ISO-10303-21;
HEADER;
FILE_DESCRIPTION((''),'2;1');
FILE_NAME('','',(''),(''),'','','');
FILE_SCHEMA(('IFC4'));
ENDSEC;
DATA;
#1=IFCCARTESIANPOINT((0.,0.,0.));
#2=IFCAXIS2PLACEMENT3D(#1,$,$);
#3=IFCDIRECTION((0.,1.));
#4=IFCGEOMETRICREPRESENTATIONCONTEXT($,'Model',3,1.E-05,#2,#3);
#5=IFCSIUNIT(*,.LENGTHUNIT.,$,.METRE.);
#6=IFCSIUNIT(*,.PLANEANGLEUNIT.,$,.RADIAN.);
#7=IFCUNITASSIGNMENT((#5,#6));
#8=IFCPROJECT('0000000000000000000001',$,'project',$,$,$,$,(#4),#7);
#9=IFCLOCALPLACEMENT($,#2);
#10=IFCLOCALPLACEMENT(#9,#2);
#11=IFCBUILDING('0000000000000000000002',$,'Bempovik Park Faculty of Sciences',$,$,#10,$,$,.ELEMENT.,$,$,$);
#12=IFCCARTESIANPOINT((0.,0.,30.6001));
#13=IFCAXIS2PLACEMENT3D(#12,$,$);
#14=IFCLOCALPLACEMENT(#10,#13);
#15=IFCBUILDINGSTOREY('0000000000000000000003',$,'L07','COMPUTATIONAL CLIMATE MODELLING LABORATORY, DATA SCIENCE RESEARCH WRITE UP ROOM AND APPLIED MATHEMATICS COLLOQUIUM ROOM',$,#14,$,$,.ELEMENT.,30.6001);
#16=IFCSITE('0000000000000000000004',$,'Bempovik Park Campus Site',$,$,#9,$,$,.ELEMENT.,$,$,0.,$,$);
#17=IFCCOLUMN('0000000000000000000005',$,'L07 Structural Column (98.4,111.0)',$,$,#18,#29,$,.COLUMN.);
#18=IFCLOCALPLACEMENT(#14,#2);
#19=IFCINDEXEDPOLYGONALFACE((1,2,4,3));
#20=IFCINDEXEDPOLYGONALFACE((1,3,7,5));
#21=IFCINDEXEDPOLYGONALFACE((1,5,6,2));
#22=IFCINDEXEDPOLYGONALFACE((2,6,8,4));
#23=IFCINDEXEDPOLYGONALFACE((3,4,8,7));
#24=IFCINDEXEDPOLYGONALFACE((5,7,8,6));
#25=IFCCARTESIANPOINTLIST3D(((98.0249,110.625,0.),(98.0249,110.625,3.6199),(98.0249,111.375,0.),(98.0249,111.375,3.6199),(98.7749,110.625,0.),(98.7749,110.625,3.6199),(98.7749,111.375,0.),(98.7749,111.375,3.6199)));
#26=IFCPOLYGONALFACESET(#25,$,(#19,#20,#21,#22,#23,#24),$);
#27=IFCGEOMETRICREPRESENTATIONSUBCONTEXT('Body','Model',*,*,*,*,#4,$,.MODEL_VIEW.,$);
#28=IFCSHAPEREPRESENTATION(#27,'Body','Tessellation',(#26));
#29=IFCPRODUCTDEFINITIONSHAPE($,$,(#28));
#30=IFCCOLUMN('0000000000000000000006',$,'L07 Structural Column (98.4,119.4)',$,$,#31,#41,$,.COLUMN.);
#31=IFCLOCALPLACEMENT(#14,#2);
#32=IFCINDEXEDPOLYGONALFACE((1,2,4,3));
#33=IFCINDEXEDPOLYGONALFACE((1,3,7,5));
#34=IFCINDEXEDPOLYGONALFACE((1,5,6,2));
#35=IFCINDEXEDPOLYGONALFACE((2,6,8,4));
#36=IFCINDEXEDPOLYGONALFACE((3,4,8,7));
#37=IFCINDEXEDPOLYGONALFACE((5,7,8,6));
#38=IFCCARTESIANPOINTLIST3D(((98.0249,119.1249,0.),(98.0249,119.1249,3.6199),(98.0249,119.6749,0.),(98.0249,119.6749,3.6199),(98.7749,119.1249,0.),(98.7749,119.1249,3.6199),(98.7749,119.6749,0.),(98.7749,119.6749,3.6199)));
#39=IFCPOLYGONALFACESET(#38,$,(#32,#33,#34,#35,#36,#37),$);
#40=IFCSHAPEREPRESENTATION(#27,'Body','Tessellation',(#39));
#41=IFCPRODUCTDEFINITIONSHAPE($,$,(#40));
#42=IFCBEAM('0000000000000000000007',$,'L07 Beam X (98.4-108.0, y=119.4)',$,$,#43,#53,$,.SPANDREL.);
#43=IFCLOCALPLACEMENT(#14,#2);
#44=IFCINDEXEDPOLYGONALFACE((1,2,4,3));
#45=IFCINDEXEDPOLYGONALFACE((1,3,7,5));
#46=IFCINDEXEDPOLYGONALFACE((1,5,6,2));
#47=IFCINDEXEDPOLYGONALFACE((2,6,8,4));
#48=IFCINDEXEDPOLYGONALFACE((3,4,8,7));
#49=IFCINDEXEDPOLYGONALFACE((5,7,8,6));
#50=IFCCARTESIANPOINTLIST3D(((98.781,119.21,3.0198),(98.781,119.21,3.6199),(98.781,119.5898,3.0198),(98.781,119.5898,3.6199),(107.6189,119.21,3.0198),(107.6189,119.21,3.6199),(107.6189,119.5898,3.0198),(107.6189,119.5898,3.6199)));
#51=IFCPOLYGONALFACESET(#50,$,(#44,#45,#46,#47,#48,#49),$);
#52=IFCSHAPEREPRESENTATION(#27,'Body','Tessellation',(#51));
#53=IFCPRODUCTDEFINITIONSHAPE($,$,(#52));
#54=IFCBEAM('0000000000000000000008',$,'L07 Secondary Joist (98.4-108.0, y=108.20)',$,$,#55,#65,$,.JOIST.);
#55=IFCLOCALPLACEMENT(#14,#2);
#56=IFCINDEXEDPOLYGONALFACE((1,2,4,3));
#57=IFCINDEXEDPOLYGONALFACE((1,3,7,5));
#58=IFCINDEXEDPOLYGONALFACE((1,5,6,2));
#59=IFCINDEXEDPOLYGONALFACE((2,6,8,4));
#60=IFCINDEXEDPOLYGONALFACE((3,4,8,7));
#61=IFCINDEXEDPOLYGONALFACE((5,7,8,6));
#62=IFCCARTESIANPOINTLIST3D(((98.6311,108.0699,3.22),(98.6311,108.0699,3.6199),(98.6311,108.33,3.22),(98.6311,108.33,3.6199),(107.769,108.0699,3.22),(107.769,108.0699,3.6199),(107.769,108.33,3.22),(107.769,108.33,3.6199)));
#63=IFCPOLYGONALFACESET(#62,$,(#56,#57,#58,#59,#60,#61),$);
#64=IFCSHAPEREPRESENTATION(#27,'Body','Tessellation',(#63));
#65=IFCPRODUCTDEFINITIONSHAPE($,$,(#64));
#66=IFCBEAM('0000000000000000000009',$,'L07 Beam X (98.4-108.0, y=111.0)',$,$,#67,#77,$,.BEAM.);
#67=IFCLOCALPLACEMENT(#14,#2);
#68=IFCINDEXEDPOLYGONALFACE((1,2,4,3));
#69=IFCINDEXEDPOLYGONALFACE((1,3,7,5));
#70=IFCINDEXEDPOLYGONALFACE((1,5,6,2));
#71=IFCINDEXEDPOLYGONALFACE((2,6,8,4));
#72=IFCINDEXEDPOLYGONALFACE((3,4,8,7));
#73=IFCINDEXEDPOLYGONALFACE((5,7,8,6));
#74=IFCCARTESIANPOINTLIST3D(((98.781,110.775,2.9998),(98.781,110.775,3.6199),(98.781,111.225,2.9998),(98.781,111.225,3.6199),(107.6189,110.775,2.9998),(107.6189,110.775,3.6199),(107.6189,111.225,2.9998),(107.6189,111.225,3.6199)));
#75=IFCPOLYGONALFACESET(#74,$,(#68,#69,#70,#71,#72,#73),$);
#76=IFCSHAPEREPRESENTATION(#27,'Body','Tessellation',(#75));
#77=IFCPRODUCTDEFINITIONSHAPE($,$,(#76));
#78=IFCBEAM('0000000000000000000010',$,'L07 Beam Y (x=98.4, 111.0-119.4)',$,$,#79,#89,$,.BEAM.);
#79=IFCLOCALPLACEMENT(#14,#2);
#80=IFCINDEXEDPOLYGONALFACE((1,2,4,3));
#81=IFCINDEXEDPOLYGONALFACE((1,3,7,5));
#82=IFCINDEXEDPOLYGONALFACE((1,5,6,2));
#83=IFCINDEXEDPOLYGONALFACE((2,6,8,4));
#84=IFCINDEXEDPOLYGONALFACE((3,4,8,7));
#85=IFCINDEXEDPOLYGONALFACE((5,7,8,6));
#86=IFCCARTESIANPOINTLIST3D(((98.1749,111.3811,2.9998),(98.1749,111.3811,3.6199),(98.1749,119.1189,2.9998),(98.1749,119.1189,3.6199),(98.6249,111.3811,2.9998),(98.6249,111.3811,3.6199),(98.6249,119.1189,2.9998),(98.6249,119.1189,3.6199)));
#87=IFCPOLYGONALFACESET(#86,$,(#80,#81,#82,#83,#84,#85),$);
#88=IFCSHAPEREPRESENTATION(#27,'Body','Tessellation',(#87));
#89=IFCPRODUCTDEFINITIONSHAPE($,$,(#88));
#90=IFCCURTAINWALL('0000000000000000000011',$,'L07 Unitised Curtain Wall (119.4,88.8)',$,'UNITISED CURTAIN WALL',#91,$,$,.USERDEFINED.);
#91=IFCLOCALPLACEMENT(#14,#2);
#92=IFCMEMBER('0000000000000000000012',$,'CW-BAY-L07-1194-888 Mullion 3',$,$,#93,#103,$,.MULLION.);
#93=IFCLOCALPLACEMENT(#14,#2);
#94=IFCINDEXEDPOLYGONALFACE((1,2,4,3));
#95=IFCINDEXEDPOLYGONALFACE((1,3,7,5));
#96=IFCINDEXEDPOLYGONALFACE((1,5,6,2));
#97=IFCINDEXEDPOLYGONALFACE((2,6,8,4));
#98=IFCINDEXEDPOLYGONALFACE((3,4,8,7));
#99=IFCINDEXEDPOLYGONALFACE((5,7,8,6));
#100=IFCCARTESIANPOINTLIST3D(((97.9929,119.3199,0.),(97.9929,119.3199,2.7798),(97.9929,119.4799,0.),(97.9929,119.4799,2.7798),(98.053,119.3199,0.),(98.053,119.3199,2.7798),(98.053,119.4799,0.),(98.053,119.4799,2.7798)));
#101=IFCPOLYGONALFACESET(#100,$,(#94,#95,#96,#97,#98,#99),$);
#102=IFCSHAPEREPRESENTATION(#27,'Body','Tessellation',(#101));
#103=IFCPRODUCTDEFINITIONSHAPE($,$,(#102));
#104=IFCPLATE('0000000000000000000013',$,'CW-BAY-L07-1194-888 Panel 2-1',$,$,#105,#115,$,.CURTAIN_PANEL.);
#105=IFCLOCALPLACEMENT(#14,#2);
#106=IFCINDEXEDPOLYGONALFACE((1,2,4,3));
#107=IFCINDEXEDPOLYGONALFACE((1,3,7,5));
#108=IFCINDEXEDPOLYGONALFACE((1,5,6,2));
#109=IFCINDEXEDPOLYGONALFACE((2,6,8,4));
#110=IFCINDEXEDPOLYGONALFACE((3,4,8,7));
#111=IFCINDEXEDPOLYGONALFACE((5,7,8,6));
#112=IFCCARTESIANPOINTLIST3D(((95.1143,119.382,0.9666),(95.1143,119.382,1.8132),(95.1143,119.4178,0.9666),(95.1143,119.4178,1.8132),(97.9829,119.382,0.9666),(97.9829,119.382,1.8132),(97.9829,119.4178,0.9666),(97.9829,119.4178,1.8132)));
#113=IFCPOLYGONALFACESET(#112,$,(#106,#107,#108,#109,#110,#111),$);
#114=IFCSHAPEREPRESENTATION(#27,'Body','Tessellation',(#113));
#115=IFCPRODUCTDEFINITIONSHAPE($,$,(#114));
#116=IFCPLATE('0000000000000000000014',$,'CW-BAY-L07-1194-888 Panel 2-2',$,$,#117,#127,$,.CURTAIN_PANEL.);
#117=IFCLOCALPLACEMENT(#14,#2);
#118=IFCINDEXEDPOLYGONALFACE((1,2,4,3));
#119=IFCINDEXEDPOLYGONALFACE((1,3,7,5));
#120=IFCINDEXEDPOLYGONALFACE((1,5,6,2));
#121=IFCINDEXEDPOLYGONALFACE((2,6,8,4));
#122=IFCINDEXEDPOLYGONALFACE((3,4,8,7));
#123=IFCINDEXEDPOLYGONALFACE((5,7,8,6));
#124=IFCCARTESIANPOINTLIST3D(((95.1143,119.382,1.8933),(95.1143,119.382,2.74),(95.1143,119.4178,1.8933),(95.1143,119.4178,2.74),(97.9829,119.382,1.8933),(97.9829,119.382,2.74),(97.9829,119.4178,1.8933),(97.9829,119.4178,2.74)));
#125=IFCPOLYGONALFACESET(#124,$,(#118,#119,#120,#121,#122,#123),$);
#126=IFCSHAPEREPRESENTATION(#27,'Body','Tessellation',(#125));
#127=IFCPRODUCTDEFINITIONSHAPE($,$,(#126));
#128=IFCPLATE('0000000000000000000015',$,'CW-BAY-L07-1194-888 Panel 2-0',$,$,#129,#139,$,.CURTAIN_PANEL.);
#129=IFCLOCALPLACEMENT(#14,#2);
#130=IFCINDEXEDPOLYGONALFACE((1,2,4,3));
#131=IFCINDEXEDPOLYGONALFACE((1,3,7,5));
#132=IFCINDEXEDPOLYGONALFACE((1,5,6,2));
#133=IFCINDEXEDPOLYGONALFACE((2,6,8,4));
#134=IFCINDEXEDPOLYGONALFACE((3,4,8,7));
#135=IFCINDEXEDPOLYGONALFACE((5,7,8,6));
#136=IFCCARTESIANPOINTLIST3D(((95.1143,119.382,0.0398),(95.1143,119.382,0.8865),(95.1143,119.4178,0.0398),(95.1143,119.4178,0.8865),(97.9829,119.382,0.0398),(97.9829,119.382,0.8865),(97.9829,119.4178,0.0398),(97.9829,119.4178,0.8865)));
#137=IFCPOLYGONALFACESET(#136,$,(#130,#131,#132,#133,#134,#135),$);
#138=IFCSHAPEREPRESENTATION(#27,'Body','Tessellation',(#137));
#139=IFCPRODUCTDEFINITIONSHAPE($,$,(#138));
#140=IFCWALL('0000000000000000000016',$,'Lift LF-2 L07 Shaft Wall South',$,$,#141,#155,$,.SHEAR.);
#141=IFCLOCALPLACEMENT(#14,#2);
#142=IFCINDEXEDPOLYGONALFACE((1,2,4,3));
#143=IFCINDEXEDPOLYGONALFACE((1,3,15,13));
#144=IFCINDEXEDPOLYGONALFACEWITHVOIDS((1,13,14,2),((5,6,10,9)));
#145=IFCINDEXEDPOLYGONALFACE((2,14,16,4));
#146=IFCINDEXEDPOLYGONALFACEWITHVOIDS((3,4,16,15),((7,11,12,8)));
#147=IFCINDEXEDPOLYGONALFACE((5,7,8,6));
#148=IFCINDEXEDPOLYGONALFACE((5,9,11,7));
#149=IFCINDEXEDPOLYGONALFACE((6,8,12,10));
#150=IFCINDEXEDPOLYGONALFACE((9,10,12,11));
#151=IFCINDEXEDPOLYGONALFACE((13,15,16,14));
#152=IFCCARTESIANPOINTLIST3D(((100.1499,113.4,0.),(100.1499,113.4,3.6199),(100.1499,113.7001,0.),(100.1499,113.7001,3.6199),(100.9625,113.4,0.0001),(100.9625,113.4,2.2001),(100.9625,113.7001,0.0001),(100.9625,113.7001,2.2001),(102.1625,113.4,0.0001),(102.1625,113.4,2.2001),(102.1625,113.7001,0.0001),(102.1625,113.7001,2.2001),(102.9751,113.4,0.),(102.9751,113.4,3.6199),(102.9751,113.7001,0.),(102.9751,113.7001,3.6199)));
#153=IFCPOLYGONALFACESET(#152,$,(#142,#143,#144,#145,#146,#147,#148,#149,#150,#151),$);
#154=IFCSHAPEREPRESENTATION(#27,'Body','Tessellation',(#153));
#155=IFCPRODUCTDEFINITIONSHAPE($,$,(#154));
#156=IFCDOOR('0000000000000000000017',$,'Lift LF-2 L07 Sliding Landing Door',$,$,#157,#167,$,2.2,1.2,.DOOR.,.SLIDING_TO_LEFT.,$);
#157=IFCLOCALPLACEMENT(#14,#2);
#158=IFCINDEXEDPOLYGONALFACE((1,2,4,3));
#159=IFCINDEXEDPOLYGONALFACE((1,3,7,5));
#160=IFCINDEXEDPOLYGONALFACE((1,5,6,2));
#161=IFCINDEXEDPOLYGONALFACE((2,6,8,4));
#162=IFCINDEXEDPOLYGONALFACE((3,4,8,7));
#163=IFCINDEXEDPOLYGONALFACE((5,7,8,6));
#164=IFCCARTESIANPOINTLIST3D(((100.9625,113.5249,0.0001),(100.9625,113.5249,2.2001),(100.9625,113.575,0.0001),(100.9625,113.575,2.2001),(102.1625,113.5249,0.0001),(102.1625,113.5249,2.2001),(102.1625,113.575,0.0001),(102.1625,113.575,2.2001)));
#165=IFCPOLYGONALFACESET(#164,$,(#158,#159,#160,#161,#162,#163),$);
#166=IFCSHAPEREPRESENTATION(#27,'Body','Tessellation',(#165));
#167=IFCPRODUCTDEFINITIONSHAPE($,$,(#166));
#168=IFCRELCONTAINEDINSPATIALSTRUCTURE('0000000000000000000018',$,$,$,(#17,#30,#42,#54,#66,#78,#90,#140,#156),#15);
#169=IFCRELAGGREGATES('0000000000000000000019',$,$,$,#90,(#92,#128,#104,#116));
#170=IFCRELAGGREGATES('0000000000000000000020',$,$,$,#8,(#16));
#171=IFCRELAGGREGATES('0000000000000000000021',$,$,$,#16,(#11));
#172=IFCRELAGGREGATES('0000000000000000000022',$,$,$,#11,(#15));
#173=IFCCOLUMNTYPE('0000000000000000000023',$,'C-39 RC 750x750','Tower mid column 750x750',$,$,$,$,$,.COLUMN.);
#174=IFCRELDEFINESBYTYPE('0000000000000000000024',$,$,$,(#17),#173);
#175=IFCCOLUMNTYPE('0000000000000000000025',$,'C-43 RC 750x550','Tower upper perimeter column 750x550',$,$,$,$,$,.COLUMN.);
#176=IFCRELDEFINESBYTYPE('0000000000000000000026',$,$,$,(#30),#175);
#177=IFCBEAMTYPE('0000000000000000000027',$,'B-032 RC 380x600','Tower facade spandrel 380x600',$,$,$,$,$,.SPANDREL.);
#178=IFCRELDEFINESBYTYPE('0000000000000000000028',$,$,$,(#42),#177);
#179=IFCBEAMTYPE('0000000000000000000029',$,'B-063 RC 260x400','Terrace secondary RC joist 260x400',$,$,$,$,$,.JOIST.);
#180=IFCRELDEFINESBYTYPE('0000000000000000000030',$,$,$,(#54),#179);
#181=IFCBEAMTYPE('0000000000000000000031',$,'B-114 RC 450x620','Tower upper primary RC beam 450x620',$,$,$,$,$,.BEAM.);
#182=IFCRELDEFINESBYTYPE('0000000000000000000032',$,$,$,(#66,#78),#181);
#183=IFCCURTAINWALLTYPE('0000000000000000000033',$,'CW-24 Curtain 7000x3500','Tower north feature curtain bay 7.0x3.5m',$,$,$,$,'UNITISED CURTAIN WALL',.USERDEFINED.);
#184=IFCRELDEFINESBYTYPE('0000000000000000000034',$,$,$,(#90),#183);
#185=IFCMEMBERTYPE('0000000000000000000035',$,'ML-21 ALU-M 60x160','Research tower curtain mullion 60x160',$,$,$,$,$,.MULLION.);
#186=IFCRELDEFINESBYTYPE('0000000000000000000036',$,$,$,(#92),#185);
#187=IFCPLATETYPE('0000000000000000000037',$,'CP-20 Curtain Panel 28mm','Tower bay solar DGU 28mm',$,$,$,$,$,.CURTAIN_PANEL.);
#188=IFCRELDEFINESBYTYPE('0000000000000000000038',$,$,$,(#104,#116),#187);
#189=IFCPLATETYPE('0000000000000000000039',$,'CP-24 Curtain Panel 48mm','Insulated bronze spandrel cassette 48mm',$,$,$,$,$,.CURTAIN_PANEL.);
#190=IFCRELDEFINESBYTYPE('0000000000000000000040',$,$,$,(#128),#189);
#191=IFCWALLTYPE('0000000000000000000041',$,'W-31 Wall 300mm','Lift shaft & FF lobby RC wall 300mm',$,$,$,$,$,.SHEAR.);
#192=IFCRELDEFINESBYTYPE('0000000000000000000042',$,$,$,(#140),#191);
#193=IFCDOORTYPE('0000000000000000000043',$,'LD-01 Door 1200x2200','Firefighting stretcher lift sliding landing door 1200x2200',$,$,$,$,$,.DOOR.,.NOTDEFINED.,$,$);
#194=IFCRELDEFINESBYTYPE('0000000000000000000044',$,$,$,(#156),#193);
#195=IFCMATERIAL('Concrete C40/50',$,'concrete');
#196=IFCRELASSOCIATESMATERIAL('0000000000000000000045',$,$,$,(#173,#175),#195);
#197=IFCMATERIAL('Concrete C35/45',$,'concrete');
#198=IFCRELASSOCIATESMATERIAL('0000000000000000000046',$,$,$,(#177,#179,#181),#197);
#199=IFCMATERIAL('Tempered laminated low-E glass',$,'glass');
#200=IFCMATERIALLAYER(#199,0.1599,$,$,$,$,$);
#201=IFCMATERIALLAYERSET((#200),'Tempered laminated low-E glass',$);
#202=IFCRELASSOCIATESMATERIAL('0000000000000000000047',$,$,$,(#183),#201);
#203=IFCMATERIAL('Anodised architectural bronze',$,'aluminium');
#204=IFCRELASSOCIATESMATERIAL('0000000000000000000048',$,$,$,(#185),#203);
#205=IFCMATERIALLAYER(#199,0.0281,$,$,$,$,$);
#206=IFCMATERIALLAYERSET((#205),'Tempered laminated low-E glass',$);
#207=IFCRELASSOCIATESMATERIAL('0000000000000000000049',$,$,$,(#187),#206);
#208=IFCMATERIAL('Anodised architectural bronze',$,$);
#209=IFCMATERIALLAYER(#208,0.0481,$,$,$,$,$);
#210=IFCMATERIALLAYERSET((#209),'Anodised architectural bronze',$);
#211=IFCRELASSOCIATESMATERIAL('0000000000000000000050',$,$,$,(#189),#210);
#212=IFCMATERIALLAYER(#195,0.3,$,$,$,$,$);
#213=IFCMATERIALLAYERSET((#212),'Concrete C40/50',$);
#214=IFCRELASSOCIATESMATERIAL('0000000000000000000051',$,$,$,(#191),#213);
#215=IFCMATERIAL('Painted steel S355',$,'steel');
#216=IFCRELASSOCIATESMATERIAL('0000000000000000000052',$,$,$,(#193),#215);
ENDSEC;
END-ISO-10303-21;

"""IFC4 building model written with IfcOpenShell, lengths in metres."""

from ifc_helpers import new_model, si_unit, direction, frame, frame_2d, origin, origin_2d, place, context, subcontext, project, spatial, rectangle, extrude, material, layer, layer_set, material_profile, profile_set, type_object, element, fill, aggregate, save


model = new_model("IFC4")

# Units and contexts
model_context = context("Model", 3, precision=1e-05, world=origin(), true_north=direction((0.0, 1.0)))
body_context = subcontext(model_context, "Body", "Model", "MODEL_VIEW")
ifc_project = project(units=[si_unit("LENGTHUNIT", "METRE"), si_unit("PLANEANGLEUNIT", "RADIAN")], contexts=[model_context])

# Site, building, storey
site_placement = place(None, origin())
site = spatial("IfcSite", under=ifc_project, at=site_placement, Name="Bempovik Park Campus Site", CompositionType="ELEMENT", RefElevation=0.0)
building_placement = place(site_placement, origin())
building = spatial("IfcBuilding", under=site, at=building_placement, Name="Bempovik Park Faculty of Sciences", CompositionType="ELEMENT")
storey_placement = place(building_placement, frame((0.0, 0.0, 30.6001)))
storey = spatial("IfcBuildingStorey", under=building, at=storey_placement, Name="L07", Description="COMPUTATIONAL CLIMATE MODELLING LABORATORY, DATA SCIENCE RESEARCH WRITE UP ROOM AND APPLIED MATHEMATICS COLLOQUIUM ROOM", CompositionType="ELEMENT", Elevation=30.6001)

# Columns
ifc_material_1 = material(Name="Concrete C40/50", Category="concrete")
ifc_material_profile_1 = material_profile(ifc_material_1, rectangle(XDim=0.75, YDim=0.75, at=origin_2d()), Name="RC 750x750")
ifc_profile_set_1 = profile_set([ifc_material_profile_1], Name="Concrete C40/50")
column_type_1 = type_object("IfcColumnType", Name="C-39 RC 750x750", Description="Tower mid column 750x750", PredefinedType="COLUMN", material=ifc_profile_set_1)
column_1_placement = place(storey_placement, frame((98.3999, 111.0, 0.0), z_axis=(0.0, 0.0, 1.0), x_axis=(1.0, 0.0, 0.0)))
element("IfcColumn", 1, at=column_1_placement, inside=storey, type_object=column_type_1, Name="L07 Structural Column (98.4,111.0)", PredefinedType="COLUMN", context=body_context, shape_type="SweptSolid", body=[
    extrude(rectangle(XDim=0.75, YDim=0.75, at=origin_2d()), origin(), (0.0, 0.0, 1.0), 3.6199),
])
ifc_material_profile_2 = material_profile(ifc_material_1, rectangle(XDim=0.75, YDim=0.55, at=origin_2d()), Name="RC 750x550")
ifc_profile_set_2 = profile_set([ifc_material_profile_2], Name="Concrete C40/50")
column_type_2 = type_object("IfcColumnType", Name="C-43 RC 750x550", Description="Tower upper perimeter column 750x550", PredefinedType="COLUMN", material=ifc_profile_set_2)
column_2_placement = place(storey_placement, frame((98.3999, 119.3999, 0.0), z_axis=(0.0, 0.0, 1.0), x_axis=(1.0, 0.0, 0.0)))
element("IfcColumn", 2, at=column_2_placement, inside=storey, type_object=column_type_2, Name="L07 Structural Column (98.4,119.4)", PredefinedType="COLUMN", context=body_context, shape_type="SweptSolid", body=[
    extrude(rectangle(XDim=0.75, YDim=0.55, at=origin_2d()), origin(), (0.0, 0.0, 1.0), 3.6199),
])

# Beams
ifc_material_2 = material(Name="Concrete C35/45", Category="concrete")
ifc_material_profile_3 = material_profile(ifc_material_2, rectangle(XDim=0.3799, YDim=0.6001, at=origin_2d()), Name="RC 380x600")
ifc_profile_set_3 = profile_set([ifc_material_profile_3], Name="Concrete C35/45")
beam_type_1 = type_object("IfcBeamType", Name="B-032 RC 380x600", Description="Tower facade spandrel 380x600", PredefinedType="SPANDREL", material=ifc_profile_set_3)
beam_1_placement = place(storey_placement, frame((98.781, 119.3999, 3.3198), z_axis=(1.0, 0.0, 0.0), x_axis=(0.0, 1.0, 0.0)))
element("IfcBeam", 3, at=beam_1_placement, inside=storey, type_object=beam_type_1, Name="L07 Beam X (98.4-108.0, y=119.4)", PredefinedType="SPANDREL", context=body_context, shape_type="SweptSolid", body=[
    extrude(rectangle(XDim=0.3799, YDim=0.6001, at=origin_2d()), origin(), (0.0, 0.0, 1.0), 8.8379),
])
ifc_material_profile_4 = material_profile(ifc_material_2, rectangle(XDim=0.26, YDim=0.3999, at=origin_2d()), Name="RC 260x400")
ifc_profile_set_4 = profile_set([ifc_material_profile_4], Name="Concrete C35/45")
beam_type_2 = type_object("IfcBeamType", Name="B-063 RC 260x400", Description="Terrace secondary RC joist 260x400", PredefinedType="JOIST", material=ifc_profile_set_4)
beam_2_placement = place(storey_placement, frame((98.6311, 108.2, 3.4199), z_axis=(1.0, 0.0, 0.0), x_axis=(0.0, 1.0, 0.0)))
element("IfcBeam", 4, at=beam_2_placement, inside=storey, type_object=beam_type_2, Name="L07 Secondary Joist (98.4-108.0, y=108.20)", PredefinedType="JOIST", context=body_context, shape_type="SweptSolid", body=[
    extrude(rectangle(XDim=0.26, YDim=0.3999, at=origin_2d()), origin(), (0.0, 0.0, 1.0), 9.1379),
])
ifc_material_profile_5 = material_profile(ifc_material_2, rectangle(XDim=0.45, YDim=0.6201, at=origin_2d()), Name="RC 450x620")
ifc_profile_set_5 = profile_set([ifc_material_profile_5], Name="Concrete C35/45")
beam_type_3 = type_object("IfcBeamType", Name="B-114 RC 450x620", Description="Tower upper primary RC beam 450x620", PredefinedType="BEAM", material=ifc_profile_set_5)
beam_3_placement = place(storey_placement, frame((98.781, 111.0, 3.3098), z_axis=(1.0, 0.0, 0.0), x_axis=(0.0, 1.0, 0.0)))
element("IfcBeam", 5, at=beam_3_placement, inside=storey, type_object=beam_type_3, Name="L07 Beam X (98.4-108.0, y=111.0)", PredefinedType="BEAM", context=body_context, shape_type="SweptSolid", body=[
    extrude(rectangle(XDim=0.45, YDim=0.6201, at=origin_2d()), origin(), (0.0, 0.0, 1.0), 8.8379),
])
beam_4_placement = place(storey_placement, frame((98.3999, 111.3811, 3.3098), z_axis=(0.0, 1.0, 0.0), x_axis=(-1.0, 0.0, 0.0)))
element("IfcBeam", 6, at=beam_4_placement, inside=storey, type_object=beam_type_3, Name="L07 Beam Y (x=98.4, 111.0-119.4)", PredefinedType="BEAM", context=body_context, shape_type="SweptSolid", body=[
    extrude(rectangle(XDim=0.45, YDim=0.6201, at=origin_2d()), origin(), (0.0, 0.0, 1.0), 7.7378),
])

# Curtain wall, member, plates
ifc_material_3 = material(Name="Tempered laminated low-E glass", Category="glass")
ifc_layer_1 = layer(ifc_material_3, 0.1599)
ifc_layer_set_1 = layer_set([ifc_layer_1], Name="Tempered laminated low-E glass")
curtain_wall_type = type_object("IfcCurtainWallType", Name="CW-24 Curtain 7000x3500", Description="Tower north feature curtain bay 7.0x3.5m", ElementType="UNITISED CURTAIN WALL", PredefinedType="USERDEFINED", material=ifc_layer_set_1)
curtain_wall_placement = place(storey_placement, origin())
curtain_wall = element("IfcCurtainWall", 7, at=curtain_wall_placement, inside=storey, type_object=curtain_wall_type, Name="L07 Unitised Curtain Wall (119.4,88.8)", ObjectType="UNITISED CURTAIN WALL", PredefinedType="USERDEFINED")
ifc_material_4 = material(Name="Anodised architectural bronze", Category="aluminium")
ifc_material_profile_6 = material_profile(ifc_material_4, rectangle(XDim=0.0601, YDim=0.1599, at=origin_2d()), Name="ALU-M 60x160")
ifc_profile_set_6 = profile_set([ifc_material_profile_6], Name="Anodised architectural bronze")
member_type = type_object("IfcMemberType", Name="ML-21 ALU-M 60x160", Description="Research tower curtain mullion 60x160", PredefinedType="MULLION", material=ifc_profile_set_6)
member_placement = place(storey_placement, frame((98.0229, 119.3999, 0.0), z_axis=(0.0, 0.0, 1.0), x_axis=(1.0, 0.0, 0.0)))
member = element("IfcMember", 8, at=member_placement, type_object=member_type, Name="CW-BAY-L07-1194-888 Mullion 3", PredefinedType="MULLION", context=body_context, shape_type="SweptSolid", body=[
    extrude(rectangle(XDim=0.0601, YDim=0.1599, at=origin_2d()), origin(), (0.0, 0.0, 1.0), 2.7798),
])
ifc_layer_2 = layer(ifc_material_3, 0.0281)
ifc_layer_set_2 = layer_set([ifc_layer_2], Name="Tempered laminated low-E glass")
plate_type_1 = type_object("IfcPlateType", Name="CP-20 Curtain Panel 28mm", Description="Tower bay solar DGU 28mm", PredefinedType="CURTAIN_PANEL", material=ifc_layer_set_2)
plate_1_placement = place(storey_placement, frame((96.5486, 119.3999, 0.9666), z_axis=(0.0, 0.0, 1.0), x_axis=(1.0, 0.0, 0.0)))
plate_1 = element("IfcPlate", 9, at=plate_1_placement, type_object=plate_type_1, Name="CW-BAY-L07-1194-888 Panel 2-1", PredefinedType="CURTAIN_PANEL", context=body_context, shape_type="SweptSolid", body=[
    extrude(rectangle(XDim=2.8687, YDim=0.0359, at=origin_2d()), origin(), (0.0, 0.0, 1.0), 0.8467),
])
plate_2_placement = place(storey_placement, frame((96.5486, 119.3999, 1.8933), z_axis=(0.0, 0.0, 1.0), x_axis=(1.0, 0.0, 0.0)))
plate_2 = element("IfcPlate", 10, at=plate_2_placement, type_object=plate_type_1, Name="CW-BAY-L07-1194-888 Panel 2-2", PredefinedType="CURTAIN_PANEL", context=body_context, shape_type="SweptSolid", body=[
    extrude(rectangle(XDim=2.8687, YDim=0.0359, at=origin_2d()), origin(), (0.0, 0.0, 1.0), 0.8467),
])
ifc_material_5 = material(Name="Anodised architectural bronze")
ifc_layer_3 = layer(ifc_material_5, 0.0481)
ifc_layer_set_3 = layer_set([ifc_layer_3], Name="Anodised architectural bronze")
plate_type_2 = type_object("IfcPlateType", Name="CP-24 Curtain Panel 48mm", Description="Insulated bronze spandrel cassette 48mm", PredefinedType="CURTAIN_PANEL", material=ifc_layer_set_3)
plate_3_placement = place(storey_placement, frame((96.5486, 119.3999, 0.0398), z_axis=(0.0, 0.0, 1.0), x_axis=(1.0, 0.0, 0.0)))
plate_3 = element("IfcPlate", 11, at=plate_3_placement, type_object=plate_type_2, Name="CW-BAY-L07-1194-888 Panel 2-0", PredefinedType="CURTAIN_PANEL", context=body_context, shape_type="SweptSolid", body=[
    extrude(rectangle(XDim=2.8687, YDim=0.0359, at=origin_2d()), origin(), (0.0, 0.0, 1.0), 0.8467),
])
aggregate(curtain_wall, [member, plate_3, plate_1, plate_2])

# Wall, opening, door
ifc_layer_4 = layer(ifc_material_1, 0.3)
ifc_layer_set_4 = layer_set([ifc_layer_4], Name="Concrete C40/50")
wall_type_1 = type_object("IfcWallType", Name="W-31 Wall 300mm", Description="Lift shaft & FF lobby RC wall 300mm", PredefinedType="SHEAR", material=ifc_layer_set_4)
wall_1_placement = place(storey_placement, frame((100.1499, 113.55, 0.0), z_axis=(0.0, 0.0, 1.0), x_axis=(1.0, 0.0, 0.0)))
wall_1 = element("IfcWall", 12, at=wall_1_placement, inside=storey, type_object=wall_type_1, Name="Lift LF-2 L07 Shaft Wall South", PredefinedType="SHEAR", context=body_context, shape_type="SweptSolid", body=[
    extrude(rectangle(XDim=2.8252, YDim=0.3, at=frame_2d((1.4126, 0.0))), origin(), (0.0, 0.0, 1.0), 3.6199),
])
opening_1_placement = place(wall_1_placement, frame((0.8125, 0.0, 0.0)))
opening_1 = element("IfcOpeningElement", 13, at=opening_1_placement, cuts=wall_1, PredefinedType="OPENING", context=body_context, shape_type="SweptSolid", body=[
    extrude(rectangle(XDim=1.2, YDim=2.2, at=frame_2d((0.6001, 1.1001))), frame((0.0, 0.1602, 0.0), z_axis=(0.0, -1.0, 0.0), x_axis=(1.0, 0.0, 0.0)), (0.0, 0.0, 1.0), 0.3201),
])
ifc_material_6 = material(Name="Painted steel S355", Category="steel")
door_type_1 = type_object("IfcDoorType", Name="LD-01 Door 1200x2200", Description="Firefighting stretcher lift sliding landing door 1200x2200", OperationType="NOTDEFINED", PredefinedType="DOOR", material=ifc_material_6)
door_1_placement = place(opening_1_placement, origin())
door_1 = element("IfcDoor", 14, at=door_1_placement, inside=storey, type_object=door_type_1, Name="Lift LF-2 L07 Sliding Landing Door", OperationType="SLIDING_TO_LEFT", OverallHeight=2.2, OverallWidth=1.2, PredefinedType="DOOR", context=body_context, shape_type="SweptSolid", body=[
    extrude(rectangle(XDim=1.2, YDim=2.2, at=frame_2d((0.6001, 1.1001))), frame((0.0, 0.0249, 0.0), z_axis=(0.0, -1.0, 0.0), x_axis=(1.0, 0.0, 0.0)), (0.0, 0.0, 1.0), 0.05),
])
fill(opening_1, door_1)

save(model, "model.ifc")
